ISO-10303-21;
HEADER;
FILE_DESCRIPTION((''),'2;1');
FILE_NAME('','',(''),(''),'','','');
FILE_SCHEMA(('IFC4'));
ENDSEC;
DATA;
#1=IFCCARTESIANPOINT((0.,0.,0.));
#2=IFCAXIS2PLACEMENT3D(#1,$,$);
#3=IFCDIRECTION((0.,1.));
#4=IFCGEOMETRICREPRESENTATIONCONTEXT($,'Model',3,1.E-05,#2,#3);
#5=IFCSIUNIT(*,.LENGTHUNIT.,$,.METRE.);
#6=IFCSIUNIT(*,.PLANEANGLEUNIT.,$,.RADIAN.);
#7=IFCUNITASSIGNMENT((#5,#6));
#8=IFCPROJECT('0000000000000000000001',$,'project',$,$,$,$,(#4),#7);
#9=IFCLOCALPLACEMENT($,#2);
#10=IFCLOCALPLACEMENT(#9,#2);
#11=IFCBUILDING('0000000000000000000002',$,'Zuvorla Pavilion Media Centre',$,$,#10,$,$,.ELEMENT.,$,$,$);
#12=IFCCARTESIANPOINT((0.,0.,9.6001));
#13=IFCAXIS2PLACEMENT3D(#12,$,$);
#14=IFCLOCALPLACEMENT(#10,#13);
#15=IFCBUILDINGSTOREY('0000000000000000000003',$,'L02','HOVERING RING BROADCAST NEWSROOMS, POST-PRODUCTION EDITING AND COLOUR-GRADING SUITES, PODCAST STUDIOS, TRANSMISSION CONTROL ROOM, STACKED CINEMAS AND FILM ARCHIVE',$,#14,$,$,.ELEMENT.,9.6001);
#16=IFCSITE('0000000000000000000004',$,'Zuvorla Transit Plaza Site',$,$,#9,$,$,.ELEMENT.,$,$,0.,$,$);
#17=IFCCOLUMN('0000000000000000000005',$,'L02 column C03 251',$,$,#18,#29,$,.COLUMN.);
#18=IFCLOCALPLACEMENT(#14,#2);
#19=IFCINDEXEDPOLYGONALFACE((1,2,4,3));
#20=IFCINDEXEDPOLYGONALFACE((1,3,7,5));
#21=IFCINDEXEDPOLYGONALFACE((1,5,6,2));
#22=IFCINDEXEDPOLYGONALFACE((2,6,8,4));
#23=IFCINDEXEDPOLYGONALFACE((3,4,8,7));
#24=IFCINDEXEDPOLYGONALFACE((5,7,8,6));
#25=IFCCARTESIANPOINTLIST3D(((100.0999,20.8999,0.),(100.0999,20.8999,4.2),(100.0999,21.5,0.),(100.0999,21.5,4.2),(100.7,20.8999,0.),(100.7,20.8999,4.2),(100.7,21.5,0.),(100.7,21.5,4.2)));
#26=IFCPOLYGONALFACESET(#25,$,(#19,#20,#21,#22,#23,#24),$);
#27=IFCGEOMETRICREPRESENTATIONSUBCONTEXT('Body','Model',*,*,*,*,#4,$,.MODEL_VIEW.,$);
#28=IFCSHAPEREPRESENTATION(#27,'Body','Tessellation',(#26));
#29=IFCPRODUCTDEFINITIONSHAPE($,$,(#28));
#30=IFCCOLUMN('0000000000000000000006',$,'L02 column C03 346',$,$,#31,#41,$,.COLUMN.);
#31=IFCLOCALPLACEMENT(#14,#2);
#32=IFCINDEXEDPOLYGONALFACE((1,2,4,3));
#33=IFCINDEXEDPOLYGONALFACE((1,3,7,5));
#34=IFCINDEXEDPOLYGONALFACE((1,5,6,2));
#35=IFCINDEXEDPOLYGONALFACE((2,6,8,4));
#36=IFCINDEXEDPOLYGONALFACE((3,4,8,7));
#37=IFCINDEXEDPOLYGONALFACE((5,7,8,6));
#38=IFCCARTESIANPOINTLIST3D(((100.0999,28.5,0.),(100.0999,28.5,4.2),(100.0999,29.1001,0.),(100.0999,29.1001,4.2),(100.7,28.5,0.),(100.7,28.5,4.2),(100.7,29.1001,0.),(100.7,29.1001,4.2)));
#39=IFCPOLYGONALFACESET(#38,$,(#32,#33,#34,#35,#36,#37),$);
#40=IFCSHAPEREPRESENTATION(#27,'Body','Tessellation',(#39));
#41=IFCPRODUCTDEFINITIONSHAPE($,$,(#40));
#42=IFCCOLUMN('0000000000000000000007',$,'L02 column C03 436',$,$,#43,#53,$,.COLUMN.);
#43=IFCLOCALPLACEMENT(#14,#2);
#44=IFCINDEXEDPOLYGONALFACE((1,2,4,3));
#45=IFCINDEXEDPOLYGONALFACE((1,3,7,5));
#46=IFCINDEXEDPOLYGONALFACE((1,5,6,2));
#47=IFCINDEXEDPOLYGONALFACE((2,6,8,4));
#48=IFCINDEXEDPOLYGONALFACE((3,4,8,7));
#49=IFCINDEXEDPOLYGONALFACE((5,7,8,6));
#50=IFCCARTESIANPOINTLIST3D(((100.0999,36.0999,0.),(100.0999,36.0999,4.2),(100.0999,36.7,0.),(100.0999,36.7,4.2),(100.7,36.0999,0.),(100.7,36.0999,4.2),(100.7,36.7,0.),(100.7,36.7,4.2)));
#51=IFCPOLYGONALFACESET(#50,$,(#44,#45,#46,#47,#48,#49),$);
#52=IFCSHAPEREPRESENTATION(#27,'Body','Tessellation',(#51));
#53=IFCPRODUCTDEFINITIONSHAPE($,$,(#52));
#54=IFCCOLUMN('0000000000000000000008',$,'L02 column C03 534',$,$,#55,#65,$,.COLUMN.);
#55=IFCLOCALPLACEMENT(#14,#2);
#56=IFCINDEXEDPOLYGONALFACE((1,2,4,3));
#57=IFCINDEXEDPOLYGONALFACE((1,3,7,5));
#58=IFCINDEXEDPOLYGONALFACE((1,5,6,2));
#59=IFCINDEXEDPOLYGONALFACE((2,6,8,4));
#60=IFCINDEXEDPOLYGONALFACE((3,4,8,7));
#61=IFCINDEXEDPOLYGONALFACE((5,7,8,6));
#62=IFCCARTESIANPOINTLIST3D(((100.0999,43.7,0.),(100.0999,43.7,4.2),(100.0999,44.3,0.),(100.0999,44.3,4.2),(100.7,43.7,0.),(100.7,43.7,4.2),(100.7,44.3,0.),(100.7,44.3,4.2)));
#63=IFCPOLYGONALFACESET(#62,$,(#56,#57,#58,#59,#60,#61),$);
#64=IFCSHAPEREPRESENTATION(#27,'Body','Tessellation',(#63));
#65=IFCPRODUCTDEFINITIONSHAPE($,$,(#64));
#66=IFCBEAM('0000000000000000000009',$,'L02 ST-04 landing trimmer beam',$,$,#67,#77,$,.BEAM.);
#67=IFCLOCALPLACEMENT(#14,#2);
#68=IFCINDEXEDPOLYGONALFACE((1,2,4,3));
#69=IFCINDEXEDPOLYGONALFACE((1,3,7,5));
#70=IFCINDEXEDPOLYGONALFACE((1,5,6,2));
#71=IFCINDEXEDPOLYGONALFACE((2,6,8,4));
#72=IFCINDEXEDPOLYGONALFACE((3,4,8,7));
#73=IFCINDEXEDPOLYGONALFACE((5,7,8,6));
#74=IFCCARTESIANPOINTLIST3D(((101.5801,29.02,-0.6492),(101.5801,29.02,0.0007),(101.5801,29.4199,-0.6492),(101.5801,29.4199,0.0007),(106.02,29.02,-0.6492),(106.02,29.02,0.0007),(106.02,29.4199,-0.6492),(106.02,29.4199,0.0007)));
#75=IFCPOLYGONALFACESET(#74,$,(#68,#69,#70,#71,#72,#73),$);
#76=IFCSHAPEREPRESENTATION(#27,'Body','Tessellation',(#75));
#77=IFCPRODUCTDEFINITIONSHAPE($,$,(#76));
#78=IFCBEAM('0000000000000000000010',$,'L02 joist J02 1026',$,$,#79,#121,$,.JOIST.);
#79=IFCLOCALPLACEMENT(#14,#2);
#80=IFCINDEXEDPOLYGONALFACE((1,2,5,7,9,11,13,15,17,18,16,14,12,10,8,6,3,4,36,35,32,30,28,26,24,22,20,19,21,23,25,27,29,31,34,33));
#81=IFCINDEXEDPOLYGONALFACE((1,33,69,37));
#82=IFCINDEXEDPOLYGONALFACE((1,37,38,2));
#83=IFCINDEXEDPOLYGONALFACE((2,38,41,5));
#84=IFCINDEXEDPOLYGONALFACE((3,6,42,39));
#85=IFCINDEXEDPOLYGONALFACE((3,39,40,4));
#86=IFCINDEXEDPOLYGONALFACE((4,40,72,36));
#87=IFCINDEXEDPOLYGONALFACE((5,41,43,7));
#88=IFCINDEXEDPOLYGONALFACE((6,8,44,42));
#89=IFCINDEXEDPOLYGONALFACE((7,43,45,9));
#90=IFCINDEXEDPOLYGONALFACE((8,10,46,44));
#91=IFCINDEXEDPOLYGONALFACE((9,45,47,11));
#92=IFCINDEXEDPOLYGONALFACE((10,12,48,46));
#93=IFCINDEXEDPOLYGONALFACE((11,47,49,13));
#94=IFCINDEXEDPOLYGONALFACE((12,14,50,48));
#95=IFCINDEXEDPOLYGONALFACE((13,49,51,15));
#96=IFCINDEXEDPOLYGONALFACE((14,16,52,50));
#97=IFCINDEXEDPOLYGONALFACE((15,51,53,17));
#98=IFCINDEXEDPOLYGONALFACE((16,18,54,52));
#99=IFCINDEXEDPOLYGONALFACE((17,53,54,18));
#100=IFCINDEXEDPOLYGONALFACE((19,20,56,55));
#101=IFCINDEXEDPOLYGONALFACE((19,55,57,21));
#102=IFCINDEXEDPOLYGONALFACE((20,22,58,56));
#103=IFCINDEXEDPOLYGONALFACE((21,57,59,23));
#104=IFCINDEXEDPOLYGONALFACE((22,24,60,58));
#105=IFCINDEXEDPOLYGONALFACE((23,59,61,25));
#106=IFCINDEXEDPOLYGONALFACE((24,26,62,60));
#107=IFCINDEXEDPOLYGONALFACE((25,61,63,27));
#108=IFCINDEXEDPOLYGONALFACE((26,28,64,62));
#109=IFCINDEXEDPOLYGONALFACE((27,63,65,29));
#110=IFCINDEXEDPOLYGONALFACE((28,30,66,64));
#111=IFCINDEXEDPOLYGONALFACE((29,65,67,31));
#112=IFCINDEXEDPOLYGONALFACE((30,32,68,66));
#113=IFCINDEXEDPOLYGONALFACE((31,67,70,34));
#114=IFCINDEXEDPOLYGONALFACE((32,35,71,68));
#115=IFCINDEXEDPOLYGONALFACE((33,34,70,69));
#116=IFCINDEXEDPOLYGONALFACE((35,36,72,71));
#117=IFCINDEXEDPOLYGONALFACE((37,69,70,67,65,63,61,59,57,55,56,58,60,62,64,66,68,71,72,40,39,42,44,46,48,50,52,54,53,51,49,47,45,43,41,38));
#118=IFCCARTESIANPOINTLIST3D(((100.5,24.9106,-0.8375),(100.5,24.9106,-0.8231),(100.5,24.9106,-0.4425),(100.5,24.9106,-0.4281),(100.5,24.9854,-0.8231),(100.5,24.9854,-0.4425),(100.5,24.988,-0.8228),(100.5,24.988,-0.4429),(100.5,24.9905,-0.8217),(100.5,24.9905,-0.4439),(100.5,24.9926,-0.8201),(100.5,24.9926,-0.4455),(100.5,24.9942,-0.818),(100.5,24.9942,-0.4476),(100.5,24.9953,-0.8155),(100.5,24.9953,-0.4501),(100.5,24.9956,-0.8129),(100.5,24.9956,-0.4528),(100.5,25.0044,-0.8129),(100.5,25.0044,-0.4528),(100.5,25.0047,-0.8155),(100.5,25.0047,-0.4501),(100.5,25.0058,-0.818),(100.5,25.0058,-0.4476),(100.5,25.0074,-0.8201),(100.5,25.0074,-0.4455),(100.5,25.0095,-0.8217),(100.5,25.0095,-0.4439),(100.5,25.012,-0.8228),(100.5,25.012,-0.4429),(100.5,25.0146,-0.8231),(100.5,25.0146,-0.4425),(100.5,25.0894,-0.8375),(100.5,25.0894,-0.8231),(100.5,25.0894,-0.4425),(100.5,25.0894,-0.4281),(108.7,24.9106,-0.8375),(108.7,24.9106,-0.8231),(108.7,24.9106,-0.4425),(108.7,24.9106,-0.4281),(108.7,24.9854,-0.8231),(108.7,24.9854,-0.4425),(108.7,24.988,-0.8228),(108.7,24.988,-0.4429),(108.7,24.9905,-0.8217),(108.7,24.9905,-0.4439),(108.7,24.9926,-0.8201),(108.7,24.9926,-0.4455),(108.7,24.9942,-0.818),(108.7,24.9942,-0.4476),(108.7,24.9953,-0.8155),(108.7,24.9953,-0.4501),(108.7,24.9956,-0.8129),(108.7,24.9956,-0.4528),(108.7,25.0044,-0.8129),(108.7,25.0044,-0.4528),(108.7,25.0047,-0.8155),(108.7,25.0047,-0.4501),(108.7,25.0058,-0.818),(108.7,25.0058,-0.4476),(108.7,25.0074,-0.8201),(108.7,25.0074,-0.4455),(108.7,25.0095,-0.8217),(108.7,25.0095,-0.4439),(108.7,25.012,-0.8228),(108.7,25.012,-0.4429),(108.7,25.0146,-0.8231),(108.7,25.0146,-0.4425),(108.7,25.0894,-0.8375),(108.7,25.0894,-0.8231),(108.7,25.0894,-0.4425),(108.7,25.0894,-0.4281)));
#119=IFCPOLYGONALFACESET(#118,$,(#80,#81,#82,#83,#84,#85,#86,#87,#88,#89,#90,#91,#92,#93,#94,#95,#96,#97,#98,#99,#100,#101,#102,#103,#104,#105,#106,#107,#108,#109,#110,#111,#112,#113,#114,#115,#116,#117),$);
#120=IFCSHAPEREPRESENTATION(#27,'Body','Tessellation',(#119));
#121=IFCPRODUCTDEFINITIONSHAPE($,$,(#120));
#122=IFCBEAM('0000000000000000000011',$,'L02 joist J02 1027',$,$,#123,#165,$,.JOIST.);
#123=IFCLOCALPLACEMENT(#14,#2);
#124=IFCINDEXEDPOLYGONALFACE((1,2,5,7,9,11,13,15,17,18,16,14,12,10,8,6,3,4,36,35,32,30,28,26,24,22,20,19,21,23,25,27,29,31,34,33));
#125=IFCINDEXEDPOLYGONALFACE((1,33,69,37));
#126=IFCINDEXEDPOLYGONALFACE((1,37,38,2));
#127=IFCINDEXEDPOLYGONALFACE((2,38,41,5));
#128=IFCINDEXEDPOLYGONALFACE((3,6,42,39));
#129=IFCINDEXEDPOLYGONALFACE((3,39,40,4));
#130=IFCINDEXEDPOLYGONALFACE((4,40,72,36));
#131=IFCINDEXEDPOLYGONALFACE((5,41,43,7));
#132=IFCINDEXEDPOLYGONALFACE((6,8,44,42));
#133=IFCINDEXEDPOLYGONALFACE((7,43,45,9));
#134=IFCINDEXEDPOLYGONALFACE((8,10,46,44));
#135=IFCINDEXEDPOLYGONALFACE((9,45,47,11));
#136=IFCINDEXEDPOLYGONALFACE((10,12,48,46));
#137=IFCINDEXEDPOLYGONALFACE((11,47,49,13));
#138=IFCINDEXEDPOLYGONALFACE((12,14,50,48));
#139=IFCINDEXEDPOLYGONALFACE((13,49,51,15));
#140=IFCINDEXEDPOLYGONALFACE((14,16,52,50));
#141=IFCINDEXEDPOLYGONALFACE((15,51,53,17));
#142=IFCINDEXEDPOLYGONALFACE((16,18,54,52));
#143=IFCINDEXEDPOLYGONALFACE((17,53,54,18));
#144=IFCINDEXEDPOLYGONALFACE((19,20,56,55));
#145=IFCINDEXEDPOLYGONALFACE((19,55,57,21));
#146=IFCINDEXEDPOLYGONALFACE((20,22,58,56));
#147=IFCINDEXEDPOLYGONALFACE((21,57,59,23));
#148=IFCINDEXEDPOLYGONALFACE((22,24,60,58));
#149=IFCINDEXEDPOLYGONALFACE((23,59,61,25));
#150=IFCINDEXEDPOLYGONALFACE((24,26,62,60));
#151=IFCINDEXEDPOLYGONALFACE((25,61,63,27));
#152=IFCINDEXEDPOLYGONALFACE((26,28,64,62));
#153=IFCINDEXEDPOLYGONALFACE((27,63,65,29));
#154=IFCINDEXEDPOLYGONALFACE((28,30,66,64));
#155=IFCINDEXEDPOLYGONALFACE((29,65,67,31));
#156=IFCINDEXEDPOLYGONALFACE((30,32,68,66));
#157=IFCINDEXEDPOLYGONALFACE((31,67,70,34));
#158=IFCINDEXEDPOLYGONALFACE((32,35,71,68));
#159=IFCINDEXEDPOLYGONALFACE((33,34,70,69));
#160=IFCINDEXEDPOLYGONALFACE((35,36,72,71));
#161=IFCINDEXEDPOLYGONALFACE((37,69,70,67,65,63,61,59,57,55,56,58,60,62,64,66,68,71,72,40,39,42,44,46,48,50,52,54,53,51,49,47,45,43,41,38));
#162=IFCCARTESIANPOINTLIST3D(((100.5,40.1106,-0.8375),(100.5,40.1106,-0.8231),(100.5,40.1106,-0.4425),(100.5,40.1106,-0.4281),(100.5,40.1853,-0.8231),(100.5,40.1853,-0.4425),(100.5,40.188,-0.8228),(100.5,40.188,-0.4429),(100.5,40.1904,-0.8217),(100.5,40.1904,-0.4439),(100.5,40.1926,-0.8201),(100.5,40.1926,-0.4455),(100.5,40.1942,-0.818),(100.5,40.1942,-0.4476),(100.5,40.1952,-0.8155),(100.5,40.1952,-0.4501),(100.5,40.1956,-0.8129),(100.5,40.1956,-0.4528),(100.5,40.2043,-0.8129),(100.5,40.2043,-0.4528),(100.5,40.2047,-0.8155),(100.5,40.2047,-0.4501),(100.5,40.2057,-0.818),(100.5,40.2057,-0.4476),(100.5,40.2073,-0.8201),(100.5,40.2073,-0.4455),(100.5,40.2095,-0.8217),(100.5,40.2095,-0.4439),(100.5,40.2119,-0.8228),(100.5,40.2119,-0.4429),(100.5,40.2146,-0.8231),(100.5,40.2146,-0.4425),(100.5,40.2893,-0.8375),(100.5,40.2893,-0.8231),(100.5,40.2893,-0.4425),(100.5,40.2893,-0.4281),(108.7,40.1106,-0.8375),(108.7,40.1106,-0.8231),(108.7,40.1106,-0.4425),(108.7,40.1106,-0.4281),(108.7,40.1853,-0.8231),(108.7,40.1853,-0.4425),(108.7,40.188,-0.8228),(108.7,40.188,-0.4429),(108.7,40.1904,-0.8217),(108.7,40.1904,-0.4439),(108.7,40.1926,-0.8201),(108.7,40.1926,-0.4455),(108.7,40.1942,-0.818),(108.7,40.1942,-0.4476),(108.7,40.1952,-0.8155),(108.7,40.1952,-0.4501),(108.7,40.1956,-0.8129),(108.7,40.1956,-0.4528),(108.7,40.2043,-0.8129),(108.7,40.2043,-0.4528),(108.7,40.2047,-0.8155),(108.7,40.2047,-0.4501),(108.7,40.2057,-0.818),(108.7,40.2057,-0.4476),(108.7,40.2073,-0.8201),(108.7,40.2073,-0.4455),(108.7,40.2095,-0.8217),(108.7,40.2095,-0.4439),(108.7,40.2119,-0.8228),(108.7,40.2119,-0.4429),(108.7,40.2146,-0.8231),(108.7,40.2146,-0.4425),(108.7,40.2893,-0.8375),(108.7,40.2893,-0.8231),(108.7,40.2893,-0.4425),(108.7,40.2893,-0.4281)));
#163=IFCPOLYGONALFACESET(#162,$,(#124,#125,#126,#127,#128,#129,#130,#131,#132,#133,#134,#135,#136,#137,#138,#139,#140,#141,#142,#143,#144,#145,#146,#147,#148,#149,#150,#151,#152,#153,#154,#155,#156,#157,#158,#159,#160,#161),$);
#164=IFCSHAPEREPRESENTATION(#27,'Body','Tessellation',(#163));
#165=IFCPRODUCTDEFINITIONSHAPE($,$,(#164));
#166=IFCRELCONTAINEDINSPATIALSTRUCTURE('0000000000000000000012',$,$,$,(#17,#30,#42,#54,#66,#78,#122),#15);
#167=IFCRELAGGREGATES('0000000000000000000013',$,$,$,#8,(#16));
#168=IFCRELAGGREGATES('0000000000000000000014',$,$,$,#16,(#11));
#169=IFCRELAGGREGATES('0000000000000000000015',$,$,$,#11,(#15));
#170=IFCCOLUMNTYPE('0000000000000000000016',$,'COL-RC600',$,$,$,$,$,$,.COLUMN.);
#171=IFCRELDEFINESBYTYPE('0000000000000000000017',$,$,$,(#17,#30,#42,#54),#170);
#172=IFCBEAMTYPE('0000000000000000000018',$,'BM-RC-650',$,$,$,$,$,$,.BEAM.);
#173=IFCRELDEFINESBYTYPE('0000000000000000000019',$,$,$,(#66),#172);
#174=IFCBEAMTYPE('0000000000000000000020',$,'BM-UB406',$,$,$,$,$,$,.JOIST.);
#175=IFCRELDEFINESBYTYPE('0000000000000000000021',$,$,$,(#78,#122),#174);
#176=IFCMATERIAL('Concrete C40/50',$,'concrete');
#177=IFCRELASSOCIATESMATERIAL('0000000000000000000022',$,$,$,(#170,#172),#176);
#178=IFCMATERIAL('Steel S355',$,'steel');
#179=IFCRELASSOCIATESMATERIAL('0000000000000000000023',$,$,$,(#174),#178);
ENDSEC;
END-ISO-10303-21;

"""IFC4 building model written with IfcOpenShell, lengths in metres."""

from ifc_helpers import new_model, si_unit, direction, frame, origin, origin_2d, place, context, subcontext, project, spatial, rectangle, i_section, extrude, material, material_profile, profile_set, type_object, element, save


model = new_model("IFC4")

# Units and contexts
model_context = context("Model", 3, precision=1e-05, world=origin(), true_north=direction((0.0, 1.0)))
body_context = subcontext(model_context, "Body", "Model", "MODEL_VIEW")
ifc_project = project(units=[si_unit("LENGTHUNIT", "METRE"), si_unit("PLANEANGLEUNIT", "RADIAN")], contexts=[model_context])

# Site, building, storey
site_placement = place(None, origin())
site = spatial("IfcSite", under=ifc_project, at=site_placement, Name="Zuvorla Transit Plaza Site", CompositionType="ELEMENT", RefElevation=0.0)
building_placement = place(site_placement, origin())
building = spatial("IfcBuilding", under=site, at=building_placement, Name="Zuvorla Pavilion Media Centre", CompositionType="ELEMENT")
storey_placement = place(building_placement, frame((0.0, 0.0, 9.6001)))
storey = spatial("IfcBuildingStorey", under=building, at=storey_placement, Name="L02", Description="HOVERING RING BROADCAST NEWSROOMS, POST-PRODUCTION EDITING AND COLOUR-GRADING SUITES, PODCAST STUDIOS, TRANSMISSION CONTROL ROOM, STACKED CINEMAS AND FILM ARCHIVE", CompositionType="ELEMENT", Elevation=9.6001)

# Columns
ifc_material_1 = material(Name="Concrete C40/50", Category="concrete")
ifc_material_profile_1 = material_profile(ifc_material_1, rectangle(XDim=0.6001, YDim=0.6001, at=origin_2d()), Name="RC 600x600")
ifc_profile_set_1 = profile_set([ifc_material_profile_1], Name="Concrete C40/50")
column_type = type_object("IfcColumnType", Name="COL-RC600", PredefinedType="COLUMN", material=ifc_profile_set_1)
for number, where, z_axis, x_axis, name in (
    (1, (100.3999, 21.2, 0.0), (0.0, 0.0, 1.0), (1.0, 0.0, 0.0), "L02 column C03 251"),
    (2, (100.3999, 28.8, 0.0), (0.0, 0.0, 1.0), (1.0, 0.0, 0.0), "L02 column C03 346"),
    (3, (100.3999, 36.3999, 0.0), (0.0, 0.0, 1.0), (1.0, 0.0, 0.0), "L02 column C03 436"),
    (4, (100.3999, 44.0, 0.0), (0.0, 0.0, 1.0), (1.0, 0.0, 0.0), "L02 column C03 534"),
):
    element("IfcColumn", number, at=place(storey_placement, frame(where, z_axis=z_axis, x_axis=x_axis)), inside=storey, type_object=column_type, Name=name, PredefinedType="COLUMN", context=body_context, shape_type="SweptSolid", body=[
        extrude(rectangle(XDim=0.6001, YDim=0.6001, at=origin_2d()), origin(), (0.0, 0.0, 1.0), 4.2),
    ])

# Beams
ifc_material_profile_2 = material_profile(ifc_material_1, rectangle(XDim=0.3999, YDim=0.6499, at=origin_2d()), Name="RC 400x650")
ifc_profile_set_2 = profile_set([ifc_material_profile_2], Name="Concrete C40/50")
beam_type_1 = type_object("IfcBeamType", Name="BM-RC-650", PredefinedType="BEAM", material=ifc_profile_set_2)
beam_1_placement = place(storey_placement, frame((101.5801, 29.22, -0.3242), z_axis=(1.0, 0.0, 0.0), x_axis=(0.0, 1.0, 0.0)))
element("IfcBeam", 5, at=beam_1_placement, inside=storey, type_object=beam_type_1, Name="L02 ST-04 landing trimmer beam", PredefinedType="BEAM", context=body_context, shape_type="SweptSolid", body=[
    extrude(rectangle(XDim=0.3999, YDim=0.6499, at=origin_2d()), origin(), (0.0, 0.0, 1.0), 4.4399),
])
ifc_material_2 = material(Name="Steel S355", Category="steel")
ifc_material_profile_3 = material_profile(ifc_material_2, i_section(OverallWidth=0.1787, OverallDepth=0.4094, WebThickness=0.0088, FlangeThickness=0.0144, FilletRadius=0.0103, at=origin_2d()), Name="UB 406x178x67")
ifc_profile_set_3 = profile_set([ifc_material_profile_3], Name="Steel S355")
beam_type_2 = type_object("IfcBeamType", Name="BM-UB406", PredefinedType="JOIST", material=ifc_profile_set_3)
for number, where, z_axis, x_axis, name in (
    (6, (100.5, 25.0, -0.6328), (1.0, 0.0, 0.0), (0.0, 1.0, 0.0), "L02 joist J02 1026"),
    (7, (100.5, 40.2, -0.6328), (1.0, 0.0, 0.0), (0.0, 1.0, 0.0), "L02 joist J02 1027"),
):
    element("IfcBeam", number, at=place(storey_placement, frame(where, z_axis=z_axis, x_axis=x_axis)), inside=storey, type_object=beam_type_2, Name=name, PredefinedType="JOIST", context=body_context, shape_type="SweptSolid", body=[
        extrude(i_section(OverallWidth=0.1787, OverallDepth=0.4094, WebThickness=0.0088, FlangeThickness=0.0144, FilletRadius=0.0103, at=origin_2d()), origin(), (0.0, 0.0, 1.0), 8.2),
    ])

save(model, "model.ifc")
